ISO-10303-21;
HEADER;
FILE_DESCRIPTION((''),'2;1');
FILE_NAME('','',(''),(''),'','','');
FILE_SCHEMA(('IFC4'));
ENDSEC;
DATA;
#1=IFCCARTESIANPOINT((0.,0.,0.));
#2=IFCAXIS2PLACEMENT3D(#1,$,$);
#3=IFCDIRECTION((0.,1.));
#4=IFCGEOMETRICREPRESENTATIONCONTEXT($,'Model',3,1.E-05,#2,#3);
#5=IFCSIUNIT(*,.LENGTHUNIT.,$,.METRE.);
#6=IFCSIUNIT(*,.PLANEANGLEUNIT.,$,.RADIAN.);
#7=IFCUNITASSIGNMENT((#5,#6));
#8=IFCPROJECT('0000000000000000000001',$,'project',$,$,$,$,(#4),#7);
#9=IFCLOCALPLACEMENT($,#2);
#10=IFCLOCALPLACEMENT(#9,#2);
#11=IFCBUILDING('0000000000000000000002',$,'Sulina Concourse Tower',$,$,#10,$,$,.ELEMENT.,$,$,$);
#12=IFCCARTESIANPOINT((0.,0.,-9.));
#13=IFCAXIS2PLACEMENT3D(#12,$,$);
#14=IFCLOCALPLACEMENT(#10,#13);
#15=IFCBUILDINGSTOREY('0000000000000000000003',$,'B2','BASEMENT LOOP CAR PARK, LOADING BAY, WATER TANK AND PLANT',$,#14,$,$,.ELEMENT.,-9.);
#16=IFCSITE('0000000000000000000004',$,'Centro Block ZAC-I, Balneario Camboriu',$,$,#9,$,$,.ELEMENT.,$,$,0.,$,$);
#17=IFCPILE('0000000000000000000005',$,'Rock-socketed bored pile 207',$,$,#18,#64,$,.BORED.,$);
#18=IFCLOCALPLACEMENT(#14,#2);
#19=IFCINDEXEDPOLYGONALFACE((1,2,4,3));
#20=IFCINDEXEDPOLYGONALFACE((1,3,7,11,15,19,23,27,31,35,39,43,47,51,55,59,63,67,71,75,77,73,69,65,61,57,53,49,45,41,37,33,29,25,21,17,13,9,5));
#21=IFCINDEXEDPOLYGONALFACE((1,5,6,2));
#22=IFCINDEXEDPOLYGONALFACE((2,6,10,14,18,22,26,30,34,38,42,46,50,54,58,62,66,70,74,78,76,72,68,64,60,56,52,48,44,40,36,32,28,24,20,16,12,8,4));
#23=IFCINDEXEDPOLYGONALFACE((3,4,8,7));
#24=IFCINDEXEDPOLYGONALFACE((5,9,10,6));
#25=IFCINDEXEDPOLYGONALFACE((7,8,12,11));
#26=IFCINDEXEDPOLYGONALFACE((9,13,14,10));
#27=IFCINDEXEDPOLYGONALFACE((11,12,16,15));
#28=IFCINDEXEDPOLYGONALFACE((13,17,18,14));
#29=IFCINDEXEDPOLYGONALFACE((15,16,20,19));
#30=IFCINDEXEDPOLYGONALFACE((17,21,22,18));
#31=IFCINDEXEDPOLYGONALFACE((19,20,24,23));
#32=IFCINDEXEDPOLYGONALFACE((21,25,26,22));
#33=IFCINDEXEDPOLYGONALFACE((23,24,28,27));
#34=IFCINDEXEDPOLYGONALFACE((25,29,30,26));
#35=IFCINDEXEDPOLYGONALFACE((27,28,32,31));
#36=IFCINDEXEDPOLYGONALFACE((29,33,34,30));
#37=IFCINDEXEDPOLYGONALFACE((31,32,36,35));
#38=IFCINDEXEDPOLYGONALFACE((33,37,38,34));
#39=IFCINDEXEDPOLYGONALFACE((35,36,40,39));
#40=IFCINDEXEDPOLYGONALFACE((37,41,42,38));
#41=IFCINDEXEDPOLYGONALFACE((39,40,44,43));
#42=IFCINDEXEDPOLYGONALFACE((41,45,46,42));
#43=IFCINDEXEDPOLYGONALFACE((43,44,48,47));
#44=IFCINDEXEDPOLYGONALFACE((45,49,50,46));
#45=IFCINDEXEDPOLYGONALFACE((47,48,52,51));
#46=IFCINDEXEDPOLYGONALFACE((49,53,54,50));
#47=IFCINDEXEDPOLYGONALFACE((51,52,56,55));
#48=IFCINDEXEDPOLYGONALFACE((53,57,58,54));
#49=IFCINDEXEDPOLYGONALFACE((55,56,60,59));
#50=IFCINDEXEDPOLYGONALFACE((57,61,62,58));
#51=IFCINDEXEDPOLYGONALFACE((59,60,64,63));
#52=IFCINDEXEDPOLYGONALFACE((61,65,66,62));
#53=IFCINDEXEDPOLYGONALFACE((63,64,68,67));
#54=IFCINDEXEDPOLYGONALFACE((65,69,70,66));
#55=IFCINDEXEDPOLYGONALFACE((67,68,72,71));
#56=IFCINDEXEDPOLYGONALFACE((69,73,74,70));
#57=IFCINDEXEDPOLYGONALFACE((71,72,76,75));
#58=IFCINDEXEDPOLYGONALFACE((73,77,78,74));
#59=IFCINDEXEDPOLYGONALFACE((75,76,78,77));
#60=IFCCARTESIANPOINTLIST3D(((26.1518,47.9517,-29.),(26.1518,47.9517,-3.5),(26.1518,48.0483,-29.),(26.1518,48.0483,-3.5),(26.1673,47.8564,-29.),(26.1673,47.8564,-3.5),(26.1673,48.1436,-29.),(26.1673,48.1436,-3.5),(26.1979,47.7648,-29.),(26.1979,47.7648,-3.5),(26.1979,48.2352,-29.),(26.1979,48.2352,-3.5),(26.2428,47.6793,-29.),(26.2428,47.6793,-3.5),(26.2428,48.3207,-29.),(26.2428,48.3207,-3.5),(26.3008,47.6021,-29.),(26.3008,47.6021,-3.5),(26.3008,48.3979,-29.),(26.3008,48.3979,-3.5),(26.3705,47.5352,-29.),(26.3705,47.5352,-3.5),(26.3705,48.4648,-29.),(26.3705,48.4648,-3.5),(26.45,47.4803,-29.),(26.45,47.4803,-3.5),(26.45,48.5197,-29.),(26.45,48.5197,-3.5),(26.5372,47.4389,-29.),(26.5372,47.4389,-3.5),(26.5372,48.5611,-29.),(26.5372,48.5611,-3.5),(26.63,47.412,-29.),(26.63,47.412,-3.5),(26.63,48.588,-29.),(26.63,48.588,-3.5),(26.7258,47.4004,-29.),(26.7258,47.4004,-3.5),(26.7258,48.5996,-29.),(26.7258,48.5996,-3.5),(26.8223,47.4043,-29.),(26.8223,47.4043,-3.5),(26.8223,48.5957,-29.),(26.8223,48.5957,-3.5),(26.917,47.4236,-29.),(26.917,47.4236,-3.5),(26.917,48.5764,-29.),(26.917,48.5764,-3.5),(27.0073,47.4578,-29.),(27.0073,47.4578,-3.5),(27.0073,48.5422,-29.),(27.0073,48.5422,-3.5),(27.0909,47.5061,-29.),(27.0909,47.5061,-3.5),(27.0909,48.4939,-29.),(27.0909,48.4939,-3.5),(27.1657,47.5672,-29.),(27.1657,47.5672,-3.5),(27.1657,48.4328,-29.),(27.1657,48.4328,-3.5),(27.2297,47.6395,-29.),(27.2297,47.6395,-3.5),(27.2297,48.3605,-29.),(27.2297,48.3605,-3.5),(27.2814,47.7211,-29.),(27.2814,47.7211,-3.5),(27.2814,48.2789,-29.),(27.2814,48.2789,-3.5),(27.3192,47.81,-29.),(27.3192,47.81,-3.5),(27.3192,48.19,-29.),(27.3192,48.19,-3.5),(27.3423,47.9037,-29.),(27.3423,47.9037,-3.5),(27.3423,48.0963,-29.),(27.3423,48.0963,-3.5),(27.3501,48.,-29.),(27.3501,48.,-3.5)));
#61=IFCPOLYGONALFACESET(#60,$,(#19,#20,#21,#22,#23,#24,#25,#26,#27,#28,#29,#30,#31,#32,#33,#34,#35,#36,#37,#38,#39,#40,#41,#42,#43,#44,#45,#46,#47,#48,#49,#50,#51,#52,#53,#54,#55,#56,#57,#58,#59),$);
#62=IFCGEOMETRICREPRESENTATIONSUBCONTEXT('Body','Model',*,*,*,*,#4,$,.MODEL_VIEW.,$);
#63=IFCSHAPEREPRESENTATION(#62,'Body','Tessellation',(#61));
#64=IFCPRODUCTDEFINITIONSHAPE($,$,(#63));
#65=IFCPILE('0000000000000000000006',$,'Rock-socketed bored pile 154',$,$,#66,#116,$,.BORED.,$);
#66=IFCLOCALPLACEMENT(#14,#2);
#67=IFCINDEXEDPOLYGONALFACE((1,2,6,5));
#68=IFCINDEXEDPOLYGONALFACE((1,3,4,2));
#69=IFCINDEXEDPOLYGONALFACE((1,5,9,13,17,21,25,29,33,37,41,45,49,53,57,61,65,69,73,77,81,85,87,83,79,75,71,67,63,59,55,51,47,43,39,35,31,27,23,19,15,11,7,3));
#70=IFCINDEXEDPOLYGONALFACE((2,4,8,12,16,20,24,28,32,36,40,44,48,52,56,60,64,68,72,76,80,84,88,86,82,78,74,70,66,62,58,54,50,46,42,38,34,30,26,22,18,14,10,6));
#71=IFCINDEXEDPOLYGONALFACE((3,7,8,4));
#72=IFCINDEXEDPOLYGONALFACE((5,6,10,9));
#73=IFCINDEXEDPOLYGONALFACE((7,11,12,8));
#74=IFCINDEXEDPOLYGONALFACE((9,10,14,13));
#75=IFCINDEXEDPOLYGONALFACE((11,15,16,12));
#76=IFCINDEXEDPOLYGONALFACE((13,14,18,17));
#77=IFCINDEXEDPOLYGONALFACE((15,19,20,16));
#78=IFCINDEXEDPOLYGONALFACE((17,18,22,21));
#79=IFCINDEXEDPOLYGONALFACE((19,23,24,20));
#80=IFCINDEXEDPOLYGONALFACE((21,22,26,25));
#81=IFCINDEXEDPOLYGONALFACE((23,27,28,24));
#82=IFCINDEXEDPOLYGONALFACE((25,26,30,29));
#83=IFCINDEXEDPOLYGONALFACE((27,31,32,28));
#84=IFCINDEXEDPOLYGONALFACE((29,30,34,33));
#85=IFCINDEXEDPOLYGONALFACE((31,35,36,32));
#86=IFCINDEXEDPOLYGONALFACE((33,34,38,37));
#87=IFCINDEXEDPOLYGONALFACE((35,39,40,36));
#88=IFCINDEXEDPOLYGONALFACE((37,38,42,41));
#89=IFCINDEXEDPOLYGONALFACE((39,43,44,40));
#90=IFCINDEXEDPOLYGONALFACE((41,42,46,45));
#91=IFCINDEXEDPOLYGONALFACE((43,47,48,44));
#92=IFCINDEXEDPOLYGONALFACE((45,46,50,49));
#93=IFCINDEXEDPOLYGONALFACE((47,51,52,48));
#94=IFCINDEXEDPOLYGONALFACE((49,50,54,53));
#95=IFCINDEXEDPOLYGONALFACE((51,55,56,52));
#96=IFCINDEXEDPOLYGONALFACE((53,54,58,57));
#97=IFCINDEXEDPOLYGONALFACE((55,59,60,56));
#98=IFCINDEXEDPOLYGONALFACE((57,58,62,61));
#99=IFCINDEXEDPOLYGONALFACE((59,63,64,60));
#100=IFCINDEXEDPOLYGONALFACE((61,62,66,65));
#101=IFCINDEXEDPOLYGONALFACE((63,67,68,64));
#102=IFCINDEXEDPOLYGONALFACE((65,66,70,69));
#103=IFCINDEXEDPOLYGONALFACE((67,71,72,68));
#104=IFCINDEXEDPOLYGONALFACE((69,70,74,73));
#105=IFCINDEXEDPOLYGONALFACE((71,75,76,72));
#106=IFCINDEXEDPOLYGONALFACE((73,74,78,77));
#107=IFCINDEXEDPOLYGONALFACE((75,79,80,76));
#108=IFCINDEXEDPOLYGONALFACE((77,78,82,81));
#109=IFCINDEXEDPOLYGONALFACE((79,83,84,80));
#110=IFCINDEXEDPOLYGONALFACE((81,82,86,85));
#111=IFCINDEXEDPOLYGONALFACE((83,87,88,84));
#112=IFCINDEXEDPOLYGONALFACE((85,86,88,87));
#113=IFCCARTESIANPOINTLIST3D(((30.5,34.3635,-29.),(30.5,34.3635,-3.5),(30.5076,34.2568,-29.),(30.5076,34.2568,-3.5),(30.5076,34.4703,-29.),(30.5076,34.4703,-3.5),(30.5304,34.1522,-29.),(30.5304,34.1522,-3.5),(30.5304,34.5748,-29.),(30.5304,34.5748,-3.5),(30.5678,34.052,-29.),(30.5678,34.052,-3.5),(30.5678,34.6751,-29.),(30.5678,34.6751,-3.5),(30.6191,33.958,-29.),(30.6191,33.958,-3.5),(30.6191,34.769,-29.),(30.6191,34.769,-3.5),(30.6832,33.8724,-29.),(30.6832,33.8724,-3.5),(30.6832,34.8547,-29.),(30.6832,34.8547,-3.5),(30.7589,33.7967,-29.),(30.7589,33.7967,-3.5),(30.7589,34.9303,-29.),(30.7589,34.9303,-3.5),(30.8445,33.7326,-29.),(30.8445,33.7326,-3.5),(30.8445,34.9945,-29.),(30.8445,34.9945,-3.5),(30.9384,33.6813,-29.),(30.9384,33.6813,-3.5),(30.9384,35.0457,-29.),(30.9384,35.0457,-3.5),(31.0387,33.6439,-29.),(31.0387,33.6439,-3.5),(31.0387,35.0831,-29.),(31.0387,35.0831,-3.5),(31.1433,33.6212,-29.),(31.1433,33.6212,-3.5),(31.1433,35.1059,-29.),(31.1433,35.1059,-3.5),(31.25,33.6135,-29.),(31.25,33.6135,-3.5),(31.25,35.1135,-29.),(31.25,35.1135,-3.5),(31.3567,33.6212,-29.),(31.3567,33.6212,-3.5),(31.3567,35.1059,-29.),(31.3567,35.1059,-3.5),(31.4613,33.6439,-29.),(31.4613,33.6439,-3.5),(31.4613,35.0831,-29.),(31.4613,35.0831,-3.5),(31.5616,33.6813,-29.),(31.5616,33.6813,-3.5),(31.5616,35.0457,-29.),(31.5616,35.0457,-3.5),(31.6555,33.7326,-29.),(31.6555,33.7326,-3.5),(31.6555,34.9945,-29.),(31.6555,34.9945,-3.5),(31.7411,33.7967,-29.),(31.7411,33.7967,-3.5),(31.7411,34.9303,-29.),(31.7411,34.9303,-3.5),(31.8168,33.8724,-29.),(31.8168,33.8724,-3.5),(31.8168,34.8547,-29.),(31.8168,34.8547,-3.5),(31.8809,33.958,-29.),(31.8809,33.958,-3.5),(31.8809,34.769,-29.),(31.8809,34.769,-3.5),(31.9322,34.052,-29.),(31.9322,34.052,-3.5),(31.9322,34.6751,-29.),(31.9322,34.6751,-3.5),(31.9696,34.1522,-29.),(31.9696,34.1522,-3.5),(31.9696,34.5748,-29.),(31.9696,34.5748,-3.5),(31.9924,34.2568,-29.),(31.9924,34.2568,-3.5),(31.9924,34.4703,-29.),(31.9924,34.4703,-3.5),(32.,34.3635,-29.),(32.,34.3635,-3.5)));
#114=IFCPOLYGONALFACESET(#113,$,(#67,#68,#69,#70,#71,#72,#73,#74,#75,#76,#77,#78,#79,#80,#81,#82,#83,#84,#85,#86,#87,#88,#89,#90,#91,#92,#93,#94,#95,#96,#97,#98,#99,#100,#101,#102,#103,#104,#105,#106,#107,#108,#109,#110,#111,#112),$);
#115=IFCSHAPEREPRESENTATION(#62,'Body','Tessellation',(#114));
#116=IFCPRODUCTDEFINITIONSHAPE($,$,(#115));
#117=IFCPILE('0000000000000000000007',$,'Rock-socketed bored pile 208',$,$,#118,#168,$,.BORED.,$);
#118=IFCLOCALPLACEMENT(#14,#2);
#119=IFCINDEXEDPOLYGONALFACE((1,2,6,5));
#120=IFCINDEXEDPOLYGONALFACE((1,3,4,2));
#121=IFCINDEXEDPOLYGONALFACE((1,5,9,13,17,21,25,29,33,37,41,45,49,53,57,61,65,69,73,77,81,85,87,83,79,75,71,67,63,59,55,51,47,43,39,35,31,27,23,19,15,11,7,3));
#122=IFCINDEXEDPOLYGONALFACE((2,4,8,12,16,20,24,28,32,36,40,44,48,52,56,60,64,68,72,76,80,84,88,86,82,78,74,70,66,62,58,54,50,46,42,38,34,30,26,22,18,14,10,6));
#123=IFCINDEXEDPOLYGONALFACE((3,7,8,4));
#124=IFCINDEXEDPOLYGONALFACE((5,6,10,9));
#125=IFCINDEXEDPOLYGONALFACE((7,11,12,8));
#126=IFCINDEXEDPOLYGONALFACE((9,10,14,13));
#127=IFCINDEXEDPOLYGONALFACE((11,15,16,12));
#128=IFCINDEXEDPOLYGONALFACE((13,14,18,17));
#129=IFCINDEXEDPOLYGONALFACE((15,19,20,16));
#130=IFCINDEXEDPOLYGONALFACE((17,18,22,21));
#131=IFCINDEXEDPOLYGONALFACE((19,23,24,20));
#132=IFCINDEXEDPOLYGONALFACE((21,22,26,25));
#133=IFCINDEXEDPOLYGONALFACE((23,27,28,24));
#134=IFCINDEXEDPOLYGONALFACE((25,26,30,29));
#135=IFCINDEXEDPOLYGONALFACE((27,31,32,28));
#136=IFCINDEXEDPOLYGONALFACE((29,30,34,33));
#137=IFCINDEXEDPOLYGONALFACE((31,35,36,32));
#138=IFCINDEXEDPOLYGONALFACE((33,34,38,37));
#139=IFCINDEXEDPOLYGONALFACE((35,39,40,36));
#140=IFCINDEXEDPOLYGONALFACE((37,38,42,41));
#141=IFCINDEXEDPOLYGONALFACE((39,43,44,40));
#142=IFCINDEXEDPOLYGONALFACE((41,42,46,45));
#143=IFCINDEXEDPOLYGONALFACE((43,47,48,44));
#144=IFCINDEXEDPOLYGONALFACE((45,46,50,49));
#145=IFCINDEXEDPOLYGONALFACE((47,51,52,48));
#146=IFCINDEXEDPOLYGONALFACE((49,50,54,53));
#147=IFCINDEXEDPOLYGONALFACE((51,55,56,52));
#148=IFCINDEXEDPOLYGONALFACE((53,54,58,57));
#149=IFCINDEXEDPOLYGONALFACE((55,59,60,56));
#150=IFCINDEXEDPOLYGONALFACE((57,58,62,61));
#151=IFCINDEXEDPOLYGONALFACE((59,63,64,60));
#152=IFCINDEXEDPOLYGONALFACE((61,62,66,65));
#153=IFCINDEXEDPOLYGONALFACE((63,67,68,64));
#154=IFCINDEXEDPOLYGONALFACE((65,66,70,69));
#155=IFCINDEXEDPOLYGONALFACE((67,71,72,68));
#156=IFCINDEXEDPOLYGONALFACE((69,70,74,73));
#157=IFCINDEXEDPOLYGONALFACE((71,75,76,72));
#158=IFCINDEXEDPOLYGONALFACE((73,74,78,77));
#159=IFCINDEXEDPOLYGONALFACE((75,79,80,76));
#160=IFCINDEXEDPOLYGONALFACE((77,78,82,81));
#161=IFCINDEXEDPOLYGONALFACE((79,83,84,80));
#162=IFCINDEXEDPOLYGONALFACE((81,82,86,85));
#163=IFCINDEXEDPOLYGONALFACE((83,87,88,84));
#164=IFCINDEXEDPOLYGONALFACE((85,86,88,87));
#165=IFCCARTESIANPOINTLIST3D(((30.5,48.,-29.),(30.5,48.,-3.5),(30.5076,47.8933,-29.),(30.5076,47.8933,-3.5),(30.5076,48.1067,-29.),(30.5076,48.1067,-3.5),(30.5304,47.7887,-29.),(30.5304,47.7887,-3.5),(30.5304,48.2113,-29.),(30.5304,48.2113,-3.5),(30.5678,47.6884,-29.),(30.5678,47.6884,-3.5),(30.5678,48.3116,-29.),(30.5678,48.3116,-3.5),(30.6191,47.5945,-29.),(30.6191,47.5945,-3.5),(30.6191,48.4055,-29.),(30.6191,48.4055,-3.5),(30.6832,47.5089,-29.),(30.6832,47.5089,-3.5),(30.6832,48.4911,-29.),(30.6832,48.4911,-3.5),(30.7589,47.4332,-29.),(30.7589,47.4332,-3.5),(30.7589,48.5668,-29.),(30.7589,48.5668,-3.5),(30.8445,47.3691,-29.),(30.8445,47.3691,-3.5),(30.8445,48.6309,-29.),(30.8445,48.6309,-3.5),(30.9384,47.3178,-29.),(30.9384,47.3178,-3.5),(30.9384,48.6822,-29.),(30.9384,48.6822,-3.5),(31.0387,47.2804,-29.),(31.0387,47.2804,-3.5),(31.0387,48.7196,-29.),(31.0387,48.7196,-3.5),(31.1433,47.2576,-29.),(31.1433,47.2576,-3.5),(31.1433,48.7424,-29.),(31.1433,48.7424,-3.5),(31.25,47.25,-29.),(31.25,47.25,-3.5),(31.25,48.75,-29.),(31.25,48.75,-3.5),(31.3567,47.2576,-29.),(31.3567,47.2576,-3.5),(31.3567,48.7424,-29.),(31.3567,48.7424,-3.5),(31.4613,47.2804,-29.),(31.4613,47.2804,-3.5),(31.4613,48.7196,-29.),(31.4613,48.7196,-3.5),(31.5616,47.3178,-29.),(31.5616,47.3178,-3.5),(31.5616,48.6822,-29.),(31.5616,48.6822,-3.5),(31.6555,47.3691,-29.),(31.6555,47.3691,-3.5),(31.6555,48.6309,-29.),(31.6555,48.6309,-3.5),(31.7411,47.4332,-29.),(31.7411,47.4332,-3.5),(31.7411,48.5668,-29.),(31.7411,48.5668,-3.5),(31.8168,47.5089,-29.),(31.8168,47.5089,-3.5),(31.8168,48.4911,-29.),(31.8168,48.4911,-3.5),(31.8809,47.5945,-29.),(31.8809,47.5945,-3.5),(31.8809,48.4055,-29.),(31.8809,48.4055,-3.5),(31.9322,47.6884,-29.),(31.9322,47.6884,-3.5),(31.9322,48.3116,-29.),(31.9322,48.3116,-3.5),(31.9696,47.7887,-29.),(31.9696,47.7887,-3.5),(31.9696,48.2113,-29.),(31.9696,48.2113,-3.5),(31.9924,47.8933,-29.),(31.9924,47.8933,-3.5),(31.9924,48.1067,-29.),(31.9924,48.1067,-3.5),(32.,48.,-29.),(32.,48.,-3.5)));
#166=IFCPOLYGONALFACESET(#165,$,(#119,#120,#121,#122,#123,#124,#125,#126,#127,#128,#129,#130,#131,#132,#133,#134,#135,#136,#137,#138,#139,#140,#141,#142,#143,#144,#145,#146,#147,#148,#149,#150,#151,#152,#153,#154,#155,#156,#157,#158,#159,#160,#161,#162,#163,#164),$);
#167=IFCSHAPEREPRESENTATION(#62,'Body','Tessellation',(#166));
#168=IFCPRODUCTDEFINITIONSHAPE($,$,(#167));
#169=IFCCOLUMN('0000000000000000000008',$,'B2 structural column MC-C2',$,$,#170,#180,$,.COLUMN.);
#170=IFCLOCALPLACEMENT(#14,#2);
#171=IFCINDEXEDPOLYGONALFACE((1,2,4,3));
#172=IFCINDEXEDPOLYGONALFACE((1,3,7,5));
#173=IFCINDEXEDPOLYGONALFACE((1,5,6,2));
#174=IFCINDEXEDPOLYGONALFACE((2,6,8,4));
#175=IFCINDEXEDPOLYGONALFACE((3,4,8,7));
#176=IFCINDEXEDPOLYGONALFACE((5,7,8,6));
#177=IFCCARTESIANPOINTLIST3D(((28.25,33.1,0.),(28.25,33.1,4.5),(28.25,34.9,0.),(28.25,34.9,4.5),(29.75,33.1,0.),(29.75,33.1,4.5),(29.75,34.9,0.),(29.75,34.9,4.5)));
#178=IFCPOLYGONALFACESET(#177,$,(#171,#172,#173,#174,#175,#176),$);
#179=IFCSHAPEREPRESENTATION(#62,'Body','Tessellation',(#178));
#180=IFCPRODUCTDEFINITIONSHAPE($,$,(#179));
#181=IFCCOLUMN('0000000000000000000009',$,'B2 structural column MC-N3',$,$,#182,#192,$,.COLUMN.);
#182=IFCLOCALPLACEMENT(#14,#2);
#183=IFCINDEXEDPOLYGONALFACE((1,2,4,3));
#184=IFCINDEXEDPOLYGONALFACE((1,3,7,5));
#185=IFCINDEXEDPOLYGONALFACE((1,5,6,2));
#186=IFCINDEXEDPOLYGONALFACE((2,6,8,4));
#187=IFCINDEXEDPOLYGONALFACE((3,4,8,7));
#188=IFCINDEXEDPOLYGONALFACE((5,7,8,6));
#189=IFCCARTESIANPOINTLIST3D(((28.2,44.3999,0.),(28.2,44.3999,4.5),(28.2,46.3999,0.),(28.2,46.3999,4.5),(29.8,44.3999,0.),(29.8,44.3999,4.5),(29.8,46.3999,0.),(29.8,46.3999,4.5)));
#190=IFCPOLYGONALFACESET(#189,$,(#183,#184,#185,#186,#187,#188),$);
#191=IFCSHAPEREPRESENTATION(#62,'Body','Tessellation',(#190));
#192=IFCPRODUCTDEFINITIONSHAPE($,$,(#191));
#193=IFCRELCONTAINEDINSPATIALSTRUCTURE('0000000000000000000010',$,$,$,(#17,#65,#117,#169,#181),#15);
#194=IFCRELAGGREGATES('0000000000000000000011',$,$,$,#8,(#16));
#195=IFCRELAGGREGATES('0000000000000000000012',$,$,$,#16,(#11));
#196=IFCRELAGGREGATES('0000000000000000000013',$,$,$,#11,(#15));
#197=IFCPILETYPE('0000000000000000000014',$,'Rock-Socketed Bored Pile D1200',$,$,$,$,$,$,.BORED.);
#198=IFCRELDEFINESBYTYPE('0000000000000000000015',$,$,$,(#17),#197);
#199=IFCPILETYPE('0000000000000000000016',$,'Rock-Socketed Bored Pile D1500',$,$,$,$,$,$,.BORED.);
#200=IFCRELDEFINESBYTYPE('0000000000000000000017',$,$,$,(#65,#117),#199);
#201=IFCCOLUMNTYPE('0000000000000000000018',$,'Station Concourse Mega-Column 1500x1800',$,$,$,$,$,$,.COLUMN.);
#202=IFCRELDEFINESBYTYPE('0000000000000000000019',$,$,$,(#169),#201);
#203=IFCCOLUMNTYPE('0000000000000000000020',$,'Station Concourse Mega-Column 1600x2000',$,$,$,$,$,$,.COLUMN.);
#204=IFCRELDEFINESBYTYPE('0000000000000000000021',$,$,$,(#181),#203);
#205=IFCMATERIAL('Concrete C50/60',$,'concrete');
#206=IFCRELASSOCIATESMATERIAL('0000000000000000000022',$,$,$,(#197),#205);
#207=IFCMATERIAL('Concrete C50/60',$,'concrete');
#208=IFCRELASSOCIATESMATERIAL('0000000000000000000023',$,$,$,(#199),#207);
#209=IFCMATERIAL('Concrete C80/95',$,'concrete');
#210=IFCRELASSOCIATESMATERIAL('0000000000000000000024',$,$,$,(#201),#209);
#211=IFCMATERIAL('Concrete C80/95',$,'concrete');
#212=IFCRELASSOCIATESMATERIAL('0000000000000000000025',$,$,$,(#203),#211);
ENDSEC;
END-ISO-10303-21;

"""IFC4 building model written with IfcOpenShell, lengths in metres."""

from ifc_helpers import new_model, si_unit, direction, frame, origin, origin_2d, place, context, subcontext, project, spatial, rectangle, circle, extrude, material, material_profile, profile_set, type_object, element, save


model = new_model("IFC4")

# Units and contexts
model_context = context("Model", 3, precision=1e-05, world=origin(), true_north=direction((0.0, 1.0)))
body_context = subcontext(model_context, "Body", "Model", "MODEL_VIEW")
ifc_project = project(units=[si_unit("LENGTHUNIT", "METRE"), si_unit("PLANEANGLEUNIT", "RADIAN")], contexts=[model_context])

# Site, building, storey
site_placement = place(None, origin())
site = spatial("IfcSite", under=ifc_project, at=site_placement, Name="Centro Block ZAC-I, Balneario Camboriu", CompositionType="ELEMENT", RefElevation=0.0)
building_placement = place(site_placement, origin())
building = spatial("IfcBuilding", under=site, at=building_placement, Name="Sulina Concourse Tower", CompositionType="ELEMENT")
storey_placement = place(building_placement, frame((0.0, 0.0, -9.0)))
storey = spatial("IfcBuildingStorey", under=building, at=storey_placement, Name="B2", Description="BASEMENT LOOP CAR PARK, LOADING BAY, WATER TANK AND PLANT", CompositionType="ELEMENT", Elevation=-9.0)

# Piles
ifc_material_1 = material(Name="Concrete C50/60", Category="concrete")
ifc_material_profile_1 = material_profile(ifc_material_1, circle(Radius=0.6001, at=origin_2d()), Name="PILE D1200")
ifc_profile_set_1 = profile_set([ifc_material_profile_1], Name="Concrete C50/60")
pile_type_1 = type_object("IfcPileType", Name="Rock-Socketed Bored Pile D1200", PredefinedType="BORED", material=ifc_profile_set_1)
for number, where, z_axis, x_axis, name in (
    (1, (26.75, 48.0, -3.5), (0.0, 0.0, -1.0), (1.0, 0.0, 0.0), "Rock-socketed bored pile 207"),
):
    element("IfcPile", number, at=place(storey_placement, frame(where, z_axis=z_axis, x_axis=x_axis)), inside=storey, type_object=pile_type_1, Name=name, PredefinedType="BORED", context=body_context, shape_type="SweptSolid", body=[
        extrude(circle(Radius=0.6001, at=origin_2d()), origin(), (0.0, 0.0, 1.0), 25.5),
    ])
ifc_material_2 = material(Name="Concrete C50/60", Category="concrete")
ifc_material_profile_2 = material_profile(ifc_material_2, circle(Radius=0.75, at=origin_2d()), Name="PILE D1500")
ifc_profile_set_2 = profile_set([ifc_material_profile_2], Name="Concrete C50/60")
pile_type_2 = type_object("IfcPileType", Name="Rock-Socketed Bored Pile D1500", PredefinedType="BORED", material=ifc_profile_set_2)
for number, where, z_axis, x_axis, name in (
    (2, (31.25, 34.3635, -3.5), (0.0, 0.0, -1.0), (1.0, 0.0, 0.0), "Rock-socketed bored pile 154"),
    (3, (31.25, 48.0, -3.5), (0.0, 0.0, -1.0), (1.0, 0.0, 0.0), "Rock-socketed bored pile 208"),
):
    element("IfcPile", number, at=place(storey_placement, frame(where, z_axis=z_axis, x_axis=x_axis)), inside=storey, type_object=pile_type_2, Name=name, PredefinedType="BORED", context=body_context, shape_type="SweptSolid", body=[
        extrude(circle(Radius=0.75, at=origin_2d()), origin(), (0.0, 0.0, 1.0), 25.5),
    ])

# Columns
ifc_material_3 = material(Name="Concrete C80/95", Category="concrete")
ifc_material_profile_3 = material_profile(ifc_material_3, rectangle(XDim=1.5, YDim=1.8, at=origin_2d()), Name="RC 1500x1800")
ifc_profile_set_3 = profile_set([ifc_material_profile_3], Name="Concrete C80/95")
column_type_1 = type_object("IfcColumnType", Name="Station Concourse Mega-Column 1500x1800", PredefinedType="COLUMN", material=ifc_profile_set_3)
column_1_placement = place(storey_placement, frame((29.0, 34.0, 0.0), z_axis=(0.0, 0.0, 1.0), x_axis=(1.0, 0.0, 0.0)))
element("IfcColumn", 4, at=column_1_placement, inside=storey, type_object=column_type_1, Name="B2 structural column MC-C2", PredefinedType="COLUMN", context=body_context, shape_type="SweptSolid", body=[
    extrude(rectangle(XDim=1.5, YDim=1.8, at=origin_2d()), origin(), (0.0, 0.0, 1.0), 4.5),
])
ifc_material_4 = material(Name="Concrete C80/95", Category="concrete")
ifc_material_profile_4 = material_profile(ifc_material_4, rectangle(XDim=1.6001, YDim=2.0, at=origin_2d()), Name="RC 1600x2000")
ifc_profile_set_4 = profile_set([ifc_material_profile_4], Name="Concrete C80/95")
column_type_2 = type_object("IfcColumnType", Name="Station Concourse Mega-Column 1600x2000", PredefinedType="COLUMN", material=ifc_profile_set_4)
column_2_placement = place(storey_placement, frame((29.0, 45.3999, 0.0), z_axis=(0.0, 0.0, 1.0), x_axis=(1.0, 0.0, 0.0)))
element("IfcColumn", 5, at=column_2_placement, inside=storey, type_object=column_type_2, Name="B2 structural column MC-N3", PredefinedType="COLUMN", context=body_context, shape_type="SweptSolid", body=[
    extrude(rectangle(XDim=1.6001, YDim=2.0, at=origin_2d()), origin(), (0.0, 0.0, 1.0), 4.5),
])

save(model, "model.ifc")
